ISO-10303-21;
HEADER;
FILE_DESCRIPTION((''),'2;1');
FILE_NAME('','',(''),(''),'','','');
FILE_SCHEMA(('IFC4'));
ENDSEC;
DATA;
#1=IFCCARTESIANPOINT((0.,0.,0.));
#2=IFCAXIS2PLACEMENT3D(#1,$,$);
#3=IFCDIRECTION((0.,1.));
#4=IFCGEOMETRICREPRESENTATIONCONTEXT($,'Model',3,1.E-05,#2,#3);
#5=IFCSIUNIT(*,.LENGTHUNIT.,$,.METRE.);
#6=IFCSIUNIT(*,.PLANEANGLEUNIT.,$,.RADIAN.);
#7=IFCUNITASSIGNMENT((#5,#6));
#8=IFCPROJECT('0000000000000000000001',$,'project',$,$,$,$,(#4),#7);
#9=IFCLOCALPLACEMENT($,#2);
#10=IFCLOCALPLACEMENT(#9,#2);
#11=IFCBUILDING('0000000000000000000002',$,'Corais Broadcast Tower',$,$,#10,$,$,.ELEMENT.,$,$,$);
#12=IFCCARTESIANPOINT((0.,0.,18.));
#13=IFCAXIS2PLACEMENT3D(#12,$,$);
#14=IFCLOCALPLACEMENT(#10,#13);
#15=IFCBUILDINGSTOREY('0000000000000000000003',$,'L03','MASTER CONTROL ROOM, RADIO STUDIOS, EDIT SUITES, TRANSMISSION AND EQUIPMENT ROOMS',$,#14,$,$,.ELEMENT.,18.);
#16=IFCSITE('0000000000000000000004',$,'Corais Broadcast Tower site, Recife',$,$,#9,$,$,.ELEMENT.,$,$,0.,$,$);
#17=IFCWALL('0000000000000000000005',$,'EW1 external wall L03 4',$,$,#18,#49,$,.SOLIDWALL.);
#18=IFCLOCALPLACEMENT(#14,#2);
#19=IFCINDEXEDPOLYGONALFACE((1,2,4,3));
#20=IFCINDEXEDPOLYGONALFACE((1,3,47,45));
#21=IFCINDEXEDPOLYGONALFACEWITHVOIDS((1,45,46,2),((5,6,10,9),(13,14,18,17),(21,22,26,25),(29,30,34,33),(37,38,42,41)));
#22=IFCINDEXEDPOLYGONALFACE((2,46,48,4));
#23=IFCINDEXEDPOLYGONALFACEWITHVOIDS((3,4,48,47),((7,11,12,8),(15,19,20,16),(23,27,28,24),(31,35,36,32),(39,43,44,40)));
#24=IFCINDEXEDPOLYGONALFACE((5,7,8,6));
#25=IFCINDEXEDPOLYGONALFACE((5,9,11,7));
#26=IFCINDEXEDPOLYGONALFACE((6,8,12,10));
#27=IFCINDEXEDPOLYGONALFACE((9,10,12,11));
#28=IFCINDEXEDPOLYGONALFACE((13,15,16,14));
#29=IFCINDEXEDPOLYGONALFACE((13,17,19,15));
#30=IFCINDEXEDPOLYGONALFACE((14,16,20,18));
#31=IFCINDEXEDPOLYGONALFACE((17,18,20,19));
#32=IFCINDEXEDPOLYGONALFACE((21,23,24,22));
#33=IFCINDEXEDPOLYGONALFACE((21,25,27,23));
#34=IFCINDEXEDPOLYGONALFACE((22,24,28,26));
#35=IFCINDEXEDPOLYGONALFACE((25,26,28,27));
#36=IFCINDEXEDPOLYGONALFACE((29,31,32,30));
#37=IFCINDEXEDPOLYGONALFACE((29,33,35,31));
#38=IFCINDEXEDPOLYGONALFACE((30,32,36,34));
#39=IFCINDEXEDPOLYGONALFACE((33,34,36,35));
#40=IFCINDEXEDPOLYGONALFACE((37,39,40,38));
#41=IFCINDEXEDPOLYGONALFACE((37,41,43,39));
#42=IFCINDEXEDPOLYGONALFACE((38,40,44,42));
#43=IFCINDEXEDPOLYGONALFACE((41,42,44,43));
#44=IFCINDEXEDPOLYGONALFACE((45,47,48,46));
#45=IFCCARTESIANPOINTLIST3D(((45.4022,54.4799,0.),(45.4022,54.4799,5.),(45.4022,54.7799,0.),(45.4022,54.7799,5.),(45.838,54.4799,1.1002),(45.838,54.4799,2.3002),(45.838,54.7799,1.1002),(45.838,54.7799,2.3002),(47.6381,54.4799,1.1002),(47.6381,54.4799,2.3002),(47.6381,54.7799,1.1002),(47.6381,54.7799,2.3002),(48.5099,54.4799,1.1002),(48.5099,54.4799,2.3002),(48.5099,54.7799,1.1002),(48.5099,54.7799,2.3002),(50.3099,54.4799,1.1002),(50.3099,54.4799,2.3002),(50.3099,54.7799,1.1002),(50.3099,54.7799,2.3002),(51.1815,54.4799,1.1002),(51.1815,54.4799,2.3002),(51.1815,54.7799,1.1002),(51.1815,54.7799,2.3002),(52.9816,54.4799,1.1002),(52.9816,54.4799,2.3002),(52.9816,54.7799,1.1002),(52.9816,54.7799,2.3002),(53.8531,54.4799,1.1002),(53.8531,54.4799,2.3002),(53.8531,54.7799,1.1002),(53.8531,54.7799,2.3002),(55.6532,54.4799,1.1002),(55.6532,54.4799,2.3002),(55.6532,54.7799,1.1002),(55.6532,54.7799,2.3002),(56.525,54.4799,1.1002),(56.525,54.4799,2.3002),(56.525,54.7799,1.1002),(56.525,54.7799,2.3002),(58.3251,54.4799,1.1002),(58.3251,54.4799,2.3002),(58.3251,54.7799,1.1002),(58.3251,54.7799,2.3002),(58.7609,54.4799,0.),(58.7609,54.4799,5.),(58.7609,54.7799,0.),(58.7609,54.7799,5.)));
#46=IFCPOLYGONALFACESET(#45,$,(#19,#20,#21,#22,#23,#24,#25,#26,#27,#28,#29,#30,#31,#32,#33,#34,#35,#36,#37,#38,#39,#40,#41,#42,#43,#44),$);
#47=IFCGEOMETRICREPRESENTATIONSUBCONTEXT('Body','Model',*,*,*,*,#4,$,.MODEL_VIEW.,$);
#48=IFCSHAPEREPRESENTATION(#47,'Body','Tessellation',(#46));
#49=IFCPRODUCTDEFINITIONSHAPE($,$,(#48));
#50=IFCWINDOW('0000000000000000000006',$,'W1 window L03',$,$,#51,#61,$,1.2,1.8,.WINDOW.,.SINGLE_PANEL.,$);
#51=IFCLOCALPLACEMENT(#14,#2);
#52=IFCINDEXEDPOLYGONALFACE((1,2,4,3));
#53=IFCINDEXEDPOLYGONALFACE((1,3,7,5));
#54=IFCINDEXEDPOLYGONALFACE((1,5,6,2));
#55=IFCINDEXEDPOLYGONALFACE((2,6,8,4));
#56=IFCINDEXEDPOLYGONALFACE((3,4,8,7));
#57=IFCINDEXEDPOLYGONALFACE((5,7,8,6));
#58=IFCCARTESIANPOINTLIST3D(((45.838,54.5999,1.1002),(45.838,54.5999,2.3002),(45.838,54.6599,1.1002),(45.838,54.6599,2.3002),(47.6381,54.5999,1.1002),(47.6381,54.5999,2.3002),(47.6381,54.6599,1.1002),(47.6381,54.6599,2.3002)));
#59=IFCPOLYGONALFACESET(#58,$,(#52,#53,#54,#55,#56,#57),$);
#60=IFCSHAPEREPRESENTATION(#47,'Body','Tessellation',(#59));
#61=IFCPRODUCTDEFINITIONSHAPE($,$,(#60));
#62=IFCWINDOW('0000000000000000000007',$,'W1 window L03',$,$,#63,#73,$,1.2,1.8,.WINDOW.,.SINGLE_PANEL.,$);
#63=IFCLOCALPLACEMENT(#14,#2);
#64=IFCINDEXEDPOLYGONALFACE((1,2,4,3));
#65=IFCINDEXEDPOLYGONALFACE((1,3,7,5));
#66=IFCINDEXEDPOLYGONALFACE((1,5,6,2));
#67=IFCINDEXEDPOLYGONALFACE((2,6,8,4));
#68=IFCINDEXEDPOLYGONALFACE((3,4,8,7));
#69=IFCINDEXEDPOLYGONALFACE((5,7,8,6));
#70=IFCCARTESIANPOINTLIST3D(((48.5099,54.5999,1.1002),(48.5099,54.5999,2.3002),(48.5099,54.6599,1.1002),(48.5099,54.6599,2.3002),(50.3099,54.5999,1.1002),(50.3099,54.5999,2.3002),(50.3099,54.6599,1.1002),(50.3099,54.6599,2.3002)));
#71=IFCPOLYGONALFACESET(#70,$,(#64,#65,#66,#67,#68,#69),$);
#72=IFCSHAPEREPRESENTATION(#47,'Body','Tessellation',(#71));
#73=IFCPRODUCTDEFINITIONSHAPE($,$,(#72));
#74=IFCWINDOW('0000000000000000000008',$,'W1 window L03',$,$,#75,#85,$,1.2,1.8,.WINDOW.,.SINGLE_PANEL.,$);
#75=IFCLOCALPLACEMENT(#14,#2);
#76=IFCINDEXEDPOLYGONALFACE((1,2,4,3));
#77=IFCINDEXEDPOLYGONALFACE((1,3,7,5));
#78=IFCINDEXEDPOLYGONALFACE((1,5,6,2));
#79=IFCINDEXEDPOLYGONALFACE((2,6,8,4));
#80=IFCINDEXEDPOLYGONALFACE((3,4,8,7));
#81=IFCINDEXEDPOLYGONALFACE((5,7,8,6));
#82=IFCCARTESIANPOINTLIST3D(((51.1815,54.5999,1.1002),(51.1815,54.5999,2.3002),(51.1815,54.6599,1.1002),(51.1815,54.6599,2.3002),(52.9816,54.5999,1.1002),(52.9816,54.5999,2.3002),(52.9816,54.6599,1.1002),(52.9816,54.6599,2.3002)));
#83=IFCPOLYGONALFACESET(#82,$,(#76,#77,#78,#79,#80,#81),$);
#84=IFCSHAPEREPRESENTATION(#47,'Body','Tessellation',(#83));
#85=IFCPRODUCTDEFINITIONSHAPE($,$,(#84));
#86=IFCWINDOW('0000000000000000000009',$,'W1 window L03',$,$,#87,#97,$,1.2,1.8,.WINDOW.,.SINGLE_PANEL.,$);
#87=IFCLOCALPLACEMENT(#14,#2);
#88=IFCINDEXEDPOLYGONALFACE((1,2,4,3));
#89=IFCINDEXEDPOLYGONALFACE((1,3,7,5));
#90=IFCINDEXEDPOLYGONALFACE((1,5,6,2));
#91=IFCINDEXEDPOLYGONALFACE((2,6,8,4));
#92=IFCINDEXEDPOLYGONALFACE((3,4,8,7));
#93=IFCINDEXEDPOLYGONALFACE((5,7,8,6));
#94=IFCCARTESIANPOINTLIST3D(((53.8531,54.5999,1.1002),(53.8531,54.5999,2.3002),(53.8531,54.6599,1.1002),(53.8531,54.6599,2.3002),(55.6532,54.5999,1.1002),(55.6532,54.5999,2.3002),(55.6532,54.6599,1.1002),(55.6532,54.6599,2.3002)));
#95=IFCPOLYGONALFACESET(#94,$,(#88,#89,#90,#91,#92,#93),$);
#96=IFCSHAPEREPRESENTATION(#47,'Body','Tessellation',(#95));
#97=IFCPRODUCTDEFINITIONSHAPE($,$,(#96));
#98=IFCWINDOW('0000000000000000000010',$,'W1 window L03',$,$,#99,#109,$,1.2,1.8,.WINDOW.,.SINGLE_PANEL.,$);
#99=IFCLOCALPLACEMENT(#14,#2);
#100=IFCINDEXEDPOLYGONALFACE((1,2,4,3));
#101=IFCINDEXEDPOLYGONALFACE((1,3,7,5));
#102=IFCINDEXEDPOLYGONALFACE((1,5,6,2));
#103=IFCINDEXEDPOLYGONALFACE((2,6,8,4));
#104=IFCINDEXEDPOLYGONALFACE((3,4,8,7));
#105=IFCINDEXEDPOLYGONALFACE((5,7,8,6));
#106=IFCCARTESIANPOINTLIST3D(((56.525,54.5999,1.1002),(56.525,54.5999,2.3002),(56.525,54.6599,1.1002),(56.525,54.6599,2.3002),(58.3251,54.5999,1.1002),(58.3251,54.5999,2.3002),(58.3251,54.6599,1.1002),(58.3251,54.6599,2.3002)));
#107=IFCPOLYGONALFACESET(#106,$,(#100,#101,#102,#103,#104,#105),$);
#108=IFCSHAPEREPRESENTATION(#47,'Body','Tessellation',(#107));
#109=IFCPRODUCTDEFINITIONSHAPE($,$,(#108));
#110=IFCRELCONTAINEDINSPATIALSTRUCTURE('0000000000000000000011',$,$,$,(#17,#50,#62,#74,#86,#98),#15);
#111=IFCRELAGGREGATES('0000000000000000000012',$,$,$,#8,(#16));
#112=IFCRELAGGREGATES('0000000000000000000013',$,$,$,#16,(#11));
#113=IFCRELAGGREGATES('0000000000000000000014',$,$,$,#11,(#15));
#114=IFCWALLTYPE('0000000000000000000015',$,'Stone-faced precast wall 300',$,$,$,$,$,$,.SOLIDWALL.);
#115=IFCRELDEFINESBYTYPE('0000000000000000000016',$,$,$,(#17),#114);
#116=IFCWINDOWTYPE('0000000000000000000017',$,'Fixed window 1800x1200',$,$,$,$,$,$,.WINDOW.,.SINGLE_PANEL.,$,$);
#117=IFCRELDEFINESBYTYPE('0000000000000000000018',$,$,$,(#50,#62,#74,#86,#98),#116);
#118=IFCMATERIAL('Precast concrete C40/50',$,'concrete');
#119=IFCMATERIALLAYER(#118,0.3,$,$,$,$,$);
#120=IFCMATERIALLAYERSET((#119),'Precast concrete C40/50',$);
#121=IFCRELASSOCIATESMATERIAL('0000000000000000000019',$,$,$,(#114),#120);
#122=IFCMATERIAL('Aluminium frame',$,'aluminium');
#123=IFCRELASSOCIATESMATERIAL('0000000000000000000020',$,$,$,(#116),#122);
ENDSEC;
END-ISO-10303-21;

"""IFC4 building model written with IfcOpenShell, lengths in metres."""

from ifc_helpers import new_model, si_unit, direction, frame, frame_2d, origin, place, context, subcontext, project, spatial, rectangle, extrude, material, layer, layer_set, type_object, element, fill, save


model = new_model("IFC4")

# Units and contexts
model_context = context("Model", 3, precision=1e-05, world=origin(), true_north=direction((0.0, 1.0)))
body_context = subcontext(model_context, "Body", "Model", "MODEL_VIEW")
ifc_project = project(units=[si_unit("LENGTHUNIT", "METRE"), si_unit("PLANEANGLEUNIT", "RADIAN")], contexts=[model_context])

# Site, building, storey
site_placement = place(None, origin())
site = spatial("IfcSite", under=ifc_project, at=site_placement, Name="Corais Broadcast Tower site, Recife", CompositionType="ELEMENT", RefElevation=0.0)
building_placement = place(site_placement, origin())
building = spatial("IfcBuilding", under=site, at=building_placement, Name="Corais Broadcast Tower", CompositionType="ELEMENT")
storey_placement = place(building_placement, frame((0.0, 0.0, 18.0)))
storey = spatial("IfcBuildingStorey", under=building, at=storey_placement, Name="L03", Description="MASTER CONTROL ROOM, RADIO STUDIOS, EDIT SUITES, TRANSMISSION AND EQUIPMENT ROOMS", CompositionType="ELEMENT", Elevation=18.0)

# Wall, openings, windows
ifc_material_1 = material(Name="Precast concrete C40/50", Category="concrete")
ifc_layer_1 = layer(ifc_material_1, 0.3)
ifc_layer_set_1 = layer_set([ifc_layer_1], Name="Precast concrete C40/50")
wall_type_1 = type_object("IfcWallType", Name="Stone-faced precast wall 300", PredefinedType="SOLIDWALL", material=ifc_layer_set_1)
wall_1_placement = place(storey_placement, frame((45.4023, 54.6299, 0.0), z_axis=(0.0, 0.0, 1.0), x_axis=(1.0, 0.0, 0.0)))
wall_1 = element("IfcWall", 1, at=wall_1_placement, inside=storey, type_object=wall_type_1, Name="EW1 external wall L03 4", PredefinedType="SOLIDWALL", context=body_context, shape_type="SweptSolid", body=[
    extrude(rectangle(XDim=13.3586, YDim=0.3, at=frame_2d((6.6792, 0.0))), origin(), (0.0, 0.0, 1.0), 5.0),
])
opening_1_placement = place(wall_1_placement, frame((0.4358, 0.0, 1.1001)))
opening_1 = element("IfcOpeningElement", 2, at=opening_1_placement, cuts=wall_1, PredefinedType="OPENING", context=body_context, shape_type="SweptSolid", body=[
    extrude(rectangle(XDim=1.8, YDim=1.2, at=frame_2d((0.8999, 0.6001))), frame((0.0, 0.1599, 0.0), z_axis=(0.0, -1.0, 0.0), x_axis=(1.0, 0.0, 0.0)), (0.0, 0.0, 1.0), 0.3201),
])
opening_2_placement = place(wall_1_placement, frame((3.1077, 0.0, 1.1001)))
opening_2 = element("IfcOpeningElement", 3, at=opening_2_placement, cuts=wall_1, PredefinedType="OPENING", context=body_context, shape_type="SweptSolid", body=[
    extrude(rectangle(XDim=1.8, YDim=1.2, at=frame_2d((0.8999, 0.6001))), frame((0.0, 0.1599, 0.0), z_axis=(0.0, -1.0, 0.0), x_axis=(1.0, 0.0, 0.0)), (0.0, 0.0, 1.0), 0.3201),
])
opening_3_placement = place(wall_1_placement, frame((5.7793, 0.0, 1.1001)))
opening_3 = element("IfcOpeningElement", 4, at=opening_3_placement, cuts=wall_1, PredefinedType="OPENING", context=body_context, shape_type="SweptSolid", body=[
    extrude(rectangle(XDim=1.8, YDim=1.2, at=frame_2d((0.8999, 0.6001))), frame((0.0, 0.1599, 0.0), z_axis=(0.0, -1.0, 0.0), x_axis=(1.0, 0.0, 0.0)), (0.0, 0.0, 1.0), 0.3201),
])
opening_4_placement = place(wall_1_placement, frame((8.4509, 0.0, 1.1001)))
opening_4 = element("IfcOpeningElement", 5, at=opening_4_placement, cuts=wall_1, PredefinedType="OPENING", context=body_context, shape_type="SweptSolid", body=[
    extrude(rectangle(XDim=1.8, YDim=1.2, at=frame_2d((0.8999, 0.6001))), frame((0.0, 0.1599, 0.0), z_axis=(0.0, -1.0, 0.0), x_axis=(1.0, 0.0, 0.0)), (0.0, 0.0, 1.0), 0.3201),
])
opening_5_placement = place(wall_1_placement, frame((11.1228, 0.0, 1.1001)))
opening_5 = element("IfcOpeningElement", 6, at=opening_5_placement, cuts=wall_1, PredefinedType="OPENING", context=body_context, shape_type="SweptSolid", body=[
    extrude(rectangle(XDim=1.8, YDim=1.2, at=frame_2d((0.8999, 0.6001))), frame((0.0, 0.1599, 0.0), z_axis=(0.0, -1.0, 0.0), x_axis=(1.0, 0.0, 0.0)), (0.0, 0.0, 1.0), 0.3201),
])
ifc_material_2 = material(Name="Aluminium frame", Category="aluminium")
window_type = type_object("IfcWindowType", Name="Fixed window 1800x1200", PartitioningType="SINGLE_PANEL", PredefinedType="WINDOW", material=ifc_material_2)
window_1_placement = place(opening_1_placement, origin())
window_1 = element("IfcWindow", 7, at=window_1_placement, inside=storey, type_object=window_type, Name="W1 window L03", OverallHeight=1.2, OverallWidth=1.8, PartitioningType="SINGLE_PANEL", PredefinedType="WINDOW", context=body_context, shape_type="SweptSolid", body=[
    extrude(rectangle(XDim=1.8, YDim=1.2, at=frame_2d((0.8999, 0.6001))), frame((0.0, 0.03, 0.0), z_axis=(0.0, -1.0, 0.0), x_axis=(1.0, 0.0, 0.0)), (0.0, 0.0, 1.0), 0.0601),
])
fill(opening_1, window_1)
window_2_placement = place(opening_2_placement, origin())
window_2 = element("IfcWindow", 8, at=window_2_placement, inside=storey, type_object=window_type, Name="W1 window L03", OverallHeight=1.2, OverallWidth=1.8, PartitioningType="SINGLE_PANEL", PredefinedType="WINDOW", context=body_context, shape_type="SweptSolid", body=[
    extrude(rectangle(XDim=1.8, YDim=1.2, at=frame_2d((0.8999, 0.6001))), frame((0.0, 0.03, 0.0), z_axis=(0.0, -1.0, 0.0), x_axis=(1.0, 0.0, 0.0)), (0.0, 0.0, 1.0), 0.0601),
])
fill(opening_2, window_2)
window_3_placement = place(opening_3_placement, origin())
window_3 = element("IfcWindow", 9, at=window_3_placement, inside=storey, type_object=window_type, Name="W1 window L03", OverallHeight=1.2, OverallWidth=1.8, PartitioningType="SINGLE_PANEL", PredefinedType="WINDOW", context=body_context, shape_type="SweptSolid", body=[
    extrude(rectangle(XDim=1.8, YDim=1.2, at=frame_2d((0.8999, 0.6001))), frame((0.0, 0.03, 0.0), z_axis=(0.0, -1.0, 0.0), x_axis=(1.0, 0.0, 0.0)), (0.0, 0.0, 1.0), 0.0601),
])
fill(opening_3, window_3)
window_4_placement = place(opening_4_placement, origin())
window_4 = element("IfcWindow", 10, at=window_4_placement, inside=storey, type_object=window_type, Name="W1 window L03", OverallHeight=1.2, OverallWidth=1.8, PartitioningType="SINGLE_PANEL", PredefinedType="WINDOW", context=body_context, shape_type="SweptSolid", body=[
    extrude(rectangle(XDim=1.8, YDim=1.2, at=frame_2d((0.8999, 0.6001))), frame((0.0, 0.03, 0.0), z_axis=(0.0, -1.0, 0.0), x_axis=(1.0, 0.0, 0.0)), (0.0, 0.0, 1.0), 0.0601),
])
fill(opening_4, window_4)
window_5_placement = place(opening_5_placement, origin())
window_5 = element("IfcWindow", 11, at=window_5_placement, inside=storey, type_object=window_type, Name="W1 window L03", OverallHeight=1.2, OverallWidth=1.8, PartitioningType="SINGLE_PANEL", PredefinedType="WINDOW", context=body_context, shape_type="SweptSolid", body=[
    extrude(rectangle(XDim=1.8, YDim=1.2, at=frame_2d((0.8999, 0.6001))), frame((0.0, 0.03, 0.0), z_axis=(0.0, -1.0, 0.0), x_axis=(1.0, 0.0, 0.0)), (0.0, 0.0, 1.0), 0.0601),
])
fill(opening_5, window_5)

save(model, "model.ifc")
